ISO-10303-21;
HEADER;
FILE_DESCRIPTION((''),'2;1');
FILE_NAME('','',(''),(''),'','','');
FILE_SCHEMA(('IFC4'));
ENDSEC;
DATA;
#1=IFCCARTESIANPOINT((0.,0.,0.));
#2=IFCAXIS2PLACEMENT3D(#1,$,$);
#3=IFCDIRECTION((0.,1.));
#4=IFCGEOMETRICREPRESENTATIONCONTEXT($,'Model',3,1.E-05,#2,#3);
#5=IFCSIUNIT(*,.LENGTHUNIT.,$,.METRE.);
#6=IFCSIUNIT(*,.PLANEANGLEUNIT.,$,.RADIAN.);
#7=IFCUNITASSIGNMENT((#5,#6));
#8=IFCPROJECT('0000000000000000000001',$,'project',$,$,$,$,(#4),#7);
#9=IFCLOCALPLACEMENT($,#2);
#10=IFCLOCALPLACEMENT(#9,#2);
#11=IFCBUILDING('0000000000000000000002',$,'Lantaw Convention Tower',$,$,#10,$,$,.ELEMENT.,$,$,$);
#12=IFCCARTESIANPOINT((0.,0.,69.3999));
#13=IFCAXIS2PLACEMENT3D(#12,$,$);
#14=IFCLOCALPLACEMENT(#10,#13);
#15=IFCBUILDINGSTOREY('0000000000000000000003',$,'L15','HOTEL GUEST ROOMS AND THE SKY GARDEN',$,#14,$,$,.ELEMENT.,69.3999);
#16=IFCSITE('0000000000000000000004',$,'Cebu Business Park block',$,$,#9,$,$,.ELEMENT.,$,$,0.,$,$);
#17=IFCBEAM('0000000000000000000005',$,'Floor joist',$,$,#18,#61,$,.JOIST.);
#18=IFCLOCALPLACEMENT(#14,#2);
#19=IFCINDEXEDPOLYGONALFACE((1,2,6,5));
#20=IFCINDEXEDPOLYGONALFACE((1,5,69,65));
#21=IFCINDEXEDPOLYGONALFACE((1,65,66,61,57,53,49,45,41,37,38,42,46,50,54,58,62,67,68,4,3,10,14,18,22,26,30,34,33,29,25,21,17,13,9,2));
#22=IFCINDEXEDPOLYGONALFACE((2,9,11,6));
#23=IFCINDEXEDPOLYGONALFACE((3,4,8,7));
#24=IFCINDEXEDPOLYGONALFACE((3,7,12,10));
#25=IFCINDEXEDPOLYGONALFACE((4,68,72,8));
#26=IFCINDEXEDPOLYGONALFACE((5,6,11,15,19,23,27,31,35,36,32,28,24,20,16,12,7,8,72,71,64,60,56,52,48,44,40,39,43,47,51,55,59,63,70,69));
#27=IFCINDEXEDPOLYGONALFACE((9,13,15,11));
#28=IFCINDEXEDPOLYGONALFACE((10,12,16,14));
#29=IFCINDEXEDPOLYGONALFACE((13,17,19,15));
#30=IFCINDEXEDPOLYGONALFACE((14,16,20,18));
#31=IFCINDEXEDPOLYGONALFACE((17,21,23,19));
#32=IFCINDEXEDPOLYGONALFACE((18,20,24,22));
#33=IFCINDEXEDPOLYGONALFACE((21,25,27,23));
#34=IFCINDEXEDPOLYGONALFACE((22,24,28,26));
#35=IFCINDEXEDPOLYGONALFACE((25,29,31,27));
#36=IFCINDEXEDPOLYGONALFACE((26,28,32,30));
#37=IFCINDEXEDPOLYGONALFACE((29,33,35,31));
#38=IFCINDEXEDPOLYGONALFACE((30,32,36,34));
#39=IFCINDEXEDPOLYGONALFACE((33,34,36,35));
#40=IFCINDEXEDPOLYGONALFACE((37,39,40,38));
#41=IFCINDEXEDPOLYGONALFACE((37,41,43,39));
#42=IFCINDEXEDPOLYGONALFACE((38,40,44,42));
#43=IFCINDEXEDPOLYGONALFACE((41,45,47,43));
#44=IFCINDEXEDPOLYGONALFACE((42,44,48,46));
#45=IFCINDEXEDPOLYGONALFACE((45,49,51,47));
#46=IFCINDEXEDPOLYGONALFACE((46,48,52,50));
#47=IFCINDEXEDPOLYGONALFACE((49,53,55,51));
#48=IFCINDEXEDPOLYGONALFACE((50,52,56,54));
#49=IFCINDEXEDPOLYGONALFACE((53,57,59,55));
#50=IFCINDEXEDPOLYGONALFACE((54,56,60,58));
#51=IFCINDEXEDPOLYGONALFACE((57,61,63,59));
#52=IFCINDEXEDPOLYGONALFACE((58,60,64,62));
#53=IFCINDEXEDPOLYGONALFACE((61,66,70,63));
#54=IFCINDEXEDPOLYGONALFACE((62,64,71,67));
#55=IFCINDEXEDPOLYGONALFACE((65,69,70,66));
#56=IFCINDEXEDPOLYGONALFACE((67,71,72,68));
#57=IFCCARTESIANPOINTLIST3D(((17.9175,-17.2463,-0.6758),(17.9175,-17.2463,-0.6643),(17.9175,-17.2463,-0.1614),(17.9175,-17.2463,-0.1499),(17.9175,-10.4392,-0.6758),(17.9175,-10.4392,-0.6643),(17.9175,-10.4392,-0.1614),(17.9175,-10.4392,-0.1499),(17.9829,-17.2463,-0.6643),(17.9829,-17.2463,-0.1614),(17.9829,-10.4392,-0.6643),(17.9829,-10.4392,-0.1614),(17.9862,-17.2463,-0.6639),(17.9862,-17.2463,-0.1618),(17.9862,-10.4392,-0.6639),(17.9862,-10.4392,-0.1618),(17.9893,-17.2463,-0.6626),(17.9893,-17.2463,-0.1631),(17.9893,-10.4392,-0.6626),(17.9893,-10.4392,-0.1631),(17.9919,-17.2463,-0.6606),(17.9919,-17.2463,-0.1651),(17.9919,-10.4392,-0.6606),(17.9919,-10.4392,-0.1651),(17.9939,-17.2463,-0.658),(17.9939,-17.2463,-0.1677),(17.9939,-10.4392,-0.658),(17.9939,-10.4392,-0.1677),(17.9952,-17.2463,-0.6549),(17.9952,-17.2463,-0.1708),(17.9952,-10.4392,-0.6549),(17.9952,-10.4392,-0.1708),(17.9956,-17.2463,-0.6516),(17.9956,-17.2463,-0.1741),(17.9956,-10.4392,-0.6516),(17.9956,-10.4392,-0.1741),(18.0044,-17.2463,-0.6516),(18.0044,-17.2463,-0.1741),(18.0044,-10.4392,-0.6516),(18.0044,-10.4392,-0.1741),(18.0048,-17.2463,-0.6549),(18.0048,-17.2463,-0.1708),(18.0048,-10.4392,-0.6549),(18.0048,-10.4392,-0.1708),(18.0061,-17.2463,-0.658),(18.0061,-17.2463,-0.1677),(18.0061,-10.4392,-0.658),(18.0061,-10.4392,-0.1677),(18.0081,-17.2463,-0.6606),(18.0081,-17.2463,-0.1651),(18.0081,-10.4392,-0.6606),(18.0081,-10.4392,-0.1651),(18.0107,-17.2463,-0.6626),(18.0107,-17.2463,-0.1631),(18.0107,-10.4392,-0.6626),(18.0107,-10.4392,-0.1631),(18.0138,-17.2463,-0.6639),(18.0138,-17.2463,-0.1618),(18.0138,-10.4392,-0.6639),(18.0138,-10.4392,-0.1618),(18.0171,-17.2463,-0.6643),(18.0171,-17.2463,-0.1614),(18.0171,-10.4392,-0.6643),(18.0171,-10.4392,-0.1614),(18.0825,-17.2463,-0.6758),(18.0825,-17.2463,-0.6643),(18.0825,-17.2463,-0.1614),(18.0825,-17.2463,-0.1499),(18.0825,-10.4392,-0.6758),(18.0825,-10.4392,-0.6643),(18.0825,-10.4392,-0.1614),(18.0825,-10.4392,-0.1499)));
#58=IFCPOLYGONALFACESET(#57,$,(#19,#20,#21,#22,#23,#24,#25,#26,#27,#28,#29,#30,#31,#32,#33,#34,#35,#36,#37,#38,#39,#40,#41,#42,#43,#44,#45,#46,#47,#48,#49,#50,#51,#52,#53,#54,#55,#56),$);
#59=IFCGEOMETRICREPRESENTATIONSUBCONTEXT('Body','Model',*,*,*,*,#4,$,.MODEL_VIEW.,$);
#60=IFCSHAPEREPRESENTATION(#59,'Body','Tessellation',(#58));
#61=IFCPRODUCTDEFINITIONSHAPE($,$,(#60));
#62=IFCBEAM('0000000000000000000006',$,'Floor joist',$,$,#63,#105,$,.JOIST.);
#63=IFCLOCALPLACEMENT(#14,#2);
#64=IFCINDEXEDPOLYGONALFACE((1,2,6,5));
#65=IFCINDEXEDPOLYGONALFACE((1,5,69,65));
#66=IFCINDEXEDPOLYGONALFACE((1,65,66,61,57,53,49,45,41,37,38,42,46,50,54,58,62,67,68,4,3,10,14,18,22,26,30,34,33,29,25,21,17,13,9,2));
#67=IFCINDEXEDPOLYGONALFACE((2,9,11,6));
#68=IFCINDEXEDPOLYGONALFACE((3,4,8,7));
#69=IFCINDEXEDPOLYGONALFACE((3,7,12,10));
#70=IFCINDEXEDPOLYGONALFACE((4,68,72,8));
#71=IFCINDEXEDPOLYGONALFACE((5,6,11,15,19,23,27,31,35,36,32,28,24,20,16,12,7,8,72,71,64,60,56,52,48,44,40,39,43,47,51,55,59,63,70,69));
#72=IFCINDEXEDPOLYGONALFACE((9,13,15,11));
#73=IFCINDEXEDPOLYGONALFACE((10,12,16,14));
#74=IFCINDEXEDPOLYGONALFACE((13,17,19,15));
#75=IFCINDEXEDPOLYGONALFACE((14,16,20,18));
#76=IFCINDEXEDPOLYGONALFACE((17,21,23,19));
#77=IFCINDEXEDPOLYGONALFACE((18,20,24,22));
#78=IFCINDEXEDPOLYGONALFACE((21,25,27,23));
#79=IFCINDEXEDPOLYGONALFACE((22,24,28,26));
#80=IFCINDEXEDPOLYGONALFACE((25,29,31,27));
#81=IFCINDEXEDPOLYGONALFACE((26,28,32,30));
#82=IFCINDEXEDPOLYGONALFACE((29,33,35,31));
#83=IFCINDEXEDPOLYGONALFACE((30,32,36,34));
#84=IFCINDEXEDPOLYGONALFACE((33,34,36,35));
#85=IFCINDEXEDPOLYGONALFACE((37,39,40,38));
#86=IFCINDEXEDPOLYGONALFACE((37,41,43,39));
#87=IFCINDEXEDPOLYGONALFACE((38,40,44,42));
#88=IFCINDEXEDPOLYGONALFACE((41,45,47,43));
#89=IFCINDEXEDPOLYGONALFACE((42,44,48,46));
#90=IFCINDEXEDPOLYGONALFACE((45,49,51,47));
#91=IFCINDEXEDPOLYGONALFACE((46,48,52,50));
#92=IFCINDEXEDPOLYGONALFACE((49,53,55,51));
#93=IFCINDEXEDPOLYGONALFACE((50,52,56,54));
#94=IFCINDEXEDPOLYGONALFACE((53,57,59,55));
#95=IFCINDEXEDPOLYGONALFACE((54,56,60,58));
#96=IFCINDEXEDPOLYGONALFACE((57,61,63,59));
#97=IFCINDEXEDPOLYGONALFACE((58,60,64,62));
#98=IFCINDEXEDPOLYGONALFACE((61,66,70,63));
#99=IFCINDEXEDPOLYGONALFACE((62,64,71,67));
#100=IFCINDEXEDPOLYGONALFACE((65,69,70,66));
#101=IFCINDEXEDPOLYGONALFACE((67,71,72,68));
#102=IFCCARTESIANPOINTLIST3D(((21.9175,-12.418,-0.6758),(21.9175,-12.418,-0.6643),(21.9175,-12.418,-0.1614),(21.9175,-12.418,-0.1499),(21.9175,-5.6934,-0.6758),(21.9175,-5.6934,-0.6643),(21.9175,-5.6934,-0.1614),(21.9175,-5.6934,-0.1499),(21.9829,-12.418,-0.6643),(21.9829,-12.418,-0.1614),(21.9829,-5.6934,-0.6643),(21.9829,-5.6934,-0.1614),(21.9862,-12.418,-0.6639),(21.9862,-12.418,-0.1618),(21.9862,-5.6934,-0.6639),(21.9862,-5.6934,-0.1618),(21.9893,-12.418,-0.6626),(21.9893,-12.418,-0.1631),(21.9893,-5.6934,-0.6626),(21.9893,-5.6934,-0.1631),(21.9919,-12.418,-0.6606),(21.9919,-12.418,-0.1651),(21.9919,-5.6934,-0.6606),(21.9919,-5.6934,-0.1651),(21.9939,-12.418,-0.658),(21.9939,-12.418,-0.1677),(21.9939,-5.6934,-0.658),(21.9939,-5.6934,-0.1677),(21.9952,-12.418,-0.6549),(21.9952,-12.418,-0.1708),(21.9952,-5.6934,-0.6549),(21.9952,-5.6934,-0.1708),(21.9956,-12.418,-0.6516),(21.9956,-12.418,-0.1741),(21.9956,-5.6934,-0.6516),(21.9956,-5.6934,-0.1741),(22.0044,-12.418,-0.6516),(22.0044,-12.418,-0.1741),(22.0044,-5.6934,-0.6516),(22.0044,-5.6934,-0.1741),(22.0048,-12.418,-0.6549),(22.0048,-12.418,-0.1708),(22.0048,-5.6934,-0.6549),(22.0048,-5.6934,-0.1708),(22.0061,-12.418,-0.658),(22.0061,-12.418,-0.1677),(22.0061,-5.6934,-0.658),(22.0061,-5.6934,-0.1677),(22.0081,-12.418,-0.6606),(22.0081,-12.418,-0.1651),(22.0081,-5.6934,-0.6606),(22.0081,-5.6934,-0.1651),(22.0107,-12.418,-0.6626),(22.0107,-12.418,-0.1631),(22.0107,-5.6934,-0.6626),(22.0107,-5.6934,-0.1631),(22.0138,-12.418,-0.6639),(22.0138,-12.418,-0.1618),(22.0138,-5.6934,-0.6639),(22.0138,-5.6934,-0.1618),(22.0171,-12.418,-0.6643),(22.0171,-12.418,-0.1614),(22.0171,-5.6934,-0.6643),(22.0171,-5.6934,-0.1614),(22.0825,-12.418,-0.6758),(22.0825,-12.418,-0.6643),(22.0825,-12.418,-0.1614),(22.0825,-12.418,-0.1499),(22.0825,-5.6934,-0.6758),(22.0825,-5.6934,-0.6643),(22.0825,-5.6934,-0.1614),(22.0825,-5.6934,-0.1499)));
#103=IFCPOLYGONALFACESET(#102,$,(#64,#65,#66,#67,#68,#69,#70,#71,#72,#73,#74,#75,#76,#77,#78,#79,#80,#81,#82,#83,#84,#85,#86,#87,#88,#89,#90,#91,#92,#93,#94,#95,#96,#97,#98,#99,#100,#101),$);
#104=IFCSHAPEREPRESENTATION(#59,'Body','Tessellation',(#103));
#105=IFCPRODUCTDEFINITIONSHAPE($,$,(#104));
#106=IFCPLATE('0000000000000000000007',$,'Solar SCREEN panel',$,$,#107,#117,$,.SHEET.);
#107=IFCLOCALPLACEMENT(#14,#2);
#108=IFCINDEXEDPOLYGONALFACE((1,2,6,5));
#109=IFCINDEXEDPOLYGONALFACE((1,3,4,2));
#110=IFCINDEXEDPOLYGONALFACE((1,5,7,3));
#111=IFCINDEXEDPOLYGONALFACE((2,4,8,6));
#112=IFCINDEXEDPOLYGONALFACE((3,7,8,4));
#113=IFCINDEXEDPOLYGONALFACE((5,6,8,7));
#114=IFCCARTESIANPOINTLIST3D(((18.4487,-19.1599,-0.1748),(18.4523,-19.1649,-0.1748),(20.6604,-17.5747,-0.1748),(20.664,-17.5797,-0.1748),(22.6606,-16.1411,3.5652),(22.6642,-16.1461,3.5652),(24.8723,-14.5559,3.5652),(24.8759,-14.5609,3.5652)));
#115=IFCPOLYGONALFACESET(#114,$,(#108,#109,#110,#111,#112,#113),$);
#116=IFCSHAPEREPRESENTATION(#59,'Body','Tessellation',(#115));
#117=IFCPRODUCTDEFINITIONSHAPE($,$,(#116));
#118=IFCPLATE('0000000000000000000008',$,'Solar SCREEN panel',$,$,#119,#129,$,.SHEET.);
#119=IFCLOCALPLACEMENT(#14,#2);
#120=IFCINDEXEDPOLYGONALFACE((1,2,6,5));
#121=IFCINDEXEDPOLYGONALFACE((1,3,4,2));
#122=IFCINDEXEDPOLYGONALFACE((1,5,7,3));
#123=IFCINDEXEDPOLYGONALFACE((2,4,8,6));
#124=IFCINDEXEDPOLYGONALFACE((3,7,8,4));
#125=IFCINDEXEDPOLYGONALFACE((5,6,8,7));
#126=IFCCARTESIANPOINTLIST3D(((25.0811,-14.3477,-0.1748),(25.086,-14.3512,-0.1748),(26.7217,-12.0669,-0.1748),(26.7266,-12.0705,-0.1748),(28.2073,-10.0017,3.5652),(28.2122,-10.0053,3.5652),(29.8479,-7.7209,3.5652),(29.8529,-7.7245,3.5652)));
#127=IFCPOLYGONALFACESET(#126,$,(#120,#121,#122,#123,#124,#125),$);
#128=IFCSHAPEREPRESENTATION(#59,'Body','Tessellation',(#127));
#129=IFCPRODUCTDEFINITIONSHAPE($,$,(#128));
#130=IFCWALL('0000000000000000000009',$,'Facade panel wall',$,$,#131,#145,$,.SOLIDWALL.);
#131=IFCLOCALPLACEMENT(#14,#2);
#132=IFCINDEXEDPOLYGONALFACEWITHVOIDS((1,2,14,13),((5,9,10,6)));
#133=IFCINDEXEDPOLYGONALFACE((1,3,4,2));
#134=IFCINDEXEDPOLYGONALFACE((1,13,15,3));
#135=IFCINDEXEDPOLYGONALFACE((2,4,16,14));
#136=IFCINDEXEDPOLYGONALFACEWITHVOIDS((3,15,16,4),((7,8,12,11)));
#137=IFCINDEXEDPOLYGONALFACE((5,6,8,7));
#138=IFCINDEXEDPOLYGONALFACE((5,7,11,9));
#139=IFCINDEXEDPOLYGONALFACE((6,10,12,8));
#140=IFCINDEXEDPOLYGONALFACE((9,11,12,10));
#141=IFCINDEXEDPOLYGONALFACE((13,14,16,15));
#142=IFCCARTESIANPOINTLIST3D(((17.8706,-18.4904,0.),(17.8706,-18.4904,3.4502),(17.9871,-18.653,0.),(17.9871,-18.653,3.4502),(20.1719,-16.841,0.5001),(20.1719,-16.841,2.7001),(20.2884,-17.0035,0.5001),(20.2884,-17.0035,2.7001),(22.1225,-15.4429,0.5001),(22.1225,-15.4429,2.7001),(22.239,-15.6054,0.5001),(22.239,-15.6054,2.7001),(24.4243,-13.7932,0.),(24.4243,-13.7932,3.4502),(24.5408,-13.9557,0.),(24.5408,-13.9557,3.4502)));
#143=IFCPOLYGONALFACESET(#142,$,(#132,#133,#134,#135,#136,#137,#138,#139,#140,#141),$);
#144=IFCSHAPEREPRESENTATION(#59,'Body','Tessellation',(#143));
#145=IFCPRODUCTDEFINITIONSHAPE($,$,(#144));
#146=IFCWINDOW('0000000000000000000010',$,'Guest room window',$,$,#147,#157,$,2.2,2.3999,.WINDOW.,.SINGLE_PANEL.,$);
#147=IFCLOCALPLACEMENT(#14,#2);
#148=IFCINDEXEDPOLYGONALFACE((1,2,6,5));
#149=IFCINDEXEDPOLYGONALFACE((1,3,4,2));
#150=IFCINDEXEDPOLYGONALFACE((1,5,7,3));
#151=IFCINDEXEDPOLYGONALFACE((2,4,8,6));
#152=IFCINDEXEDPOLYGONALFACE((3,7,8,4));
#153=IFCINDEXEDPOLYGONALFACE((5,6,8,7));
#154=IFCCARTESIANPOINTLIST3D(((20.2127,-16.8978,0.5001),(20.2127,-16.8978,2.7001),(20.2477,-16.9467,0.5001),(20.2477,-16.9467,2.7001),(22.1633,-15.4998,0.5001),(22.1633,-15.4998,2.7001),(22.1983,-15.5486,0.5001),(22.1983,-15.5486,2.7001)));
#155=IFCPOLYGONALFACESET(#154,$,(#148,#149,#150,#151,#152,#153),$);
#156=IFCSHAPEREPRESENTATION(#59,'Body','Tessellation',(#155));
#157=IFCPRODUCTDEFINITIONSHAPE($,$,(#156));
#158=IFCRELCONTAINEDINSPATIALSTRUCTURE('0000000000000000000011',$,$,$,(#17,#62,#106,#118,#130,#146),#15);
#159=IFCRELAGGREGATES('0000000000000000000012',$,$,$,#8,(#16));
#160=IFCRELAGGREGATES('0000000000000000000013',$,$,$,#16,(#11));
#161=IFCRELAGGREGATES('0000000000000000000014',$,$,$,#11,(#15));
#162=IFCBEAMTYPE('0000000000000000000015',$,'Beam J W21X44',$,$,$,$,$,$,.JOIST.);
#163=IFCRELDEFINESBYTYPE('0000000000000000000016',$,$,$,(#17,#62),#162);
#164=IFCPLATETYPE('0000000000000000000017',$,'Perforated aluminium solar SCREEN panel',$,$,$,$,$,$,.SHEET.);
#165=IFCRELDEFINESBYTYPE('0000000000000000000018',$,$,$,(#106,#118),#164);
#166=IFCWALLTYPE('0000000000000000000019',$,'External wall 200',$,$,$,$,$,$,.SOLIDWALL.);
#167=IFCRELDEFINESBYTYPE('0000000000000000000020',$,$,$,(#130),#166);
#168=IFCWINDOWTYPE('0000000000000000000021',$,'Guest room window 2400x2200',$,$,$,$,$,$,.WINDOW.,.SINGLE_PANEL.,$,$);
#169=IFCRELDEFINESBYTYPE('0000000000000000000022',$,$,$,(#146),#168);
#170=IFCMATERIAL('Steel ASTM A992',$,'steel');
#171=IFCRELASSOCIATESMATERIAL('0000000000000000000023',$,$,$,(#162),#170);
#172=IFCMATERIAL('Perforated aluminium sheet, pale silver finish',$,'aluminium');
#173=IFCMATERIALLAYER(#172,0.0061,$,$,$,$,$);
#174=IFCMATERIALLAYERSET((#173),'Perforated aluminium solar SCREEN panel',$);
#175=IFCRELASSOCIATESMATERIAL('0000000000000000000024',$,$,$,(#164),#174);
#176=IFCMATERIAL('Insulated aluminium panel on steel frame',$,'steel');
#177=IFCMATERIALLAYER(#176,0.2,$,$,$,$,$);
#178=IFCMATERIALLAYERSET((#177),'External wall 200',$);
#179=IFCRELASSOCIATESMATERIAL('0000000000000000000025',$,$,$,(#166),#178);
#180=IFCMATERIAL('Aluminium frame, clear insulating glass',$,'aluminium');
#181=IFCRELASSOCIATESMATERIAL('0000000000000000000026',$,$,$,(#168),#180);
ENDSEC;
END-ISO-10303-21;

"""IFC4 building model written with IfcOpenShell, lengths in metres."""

from ifc_helpers import new_model, si_unit, direction, frame, frame_2d, origin, origin_2d, place, context, subcontext, project, spatial, polyline, rectangle, i_section, outline, extrude, material, layer, layer_set, material_profile, profile_set, type_object, element, fill, save


model = new_model("IFC4")

# Units and contexts
model_context = context("Model", 3, precision=1e-05, world=origin(), true_north=direction((0.0, 1.0)))
body_context = subcontext(model_context, "Body", "Model", "MODEL_VIEW")
ifc_project = project(units=[si_unit("LENGTHUNIT", "METRE"), si_unit("PLANEANGLEUNIT", "RADIAN")], contexts=[model_context])

# Site, building, storey
site_placement = place(None, origin())
site = spatial("IfcSite", under=ifc_project, at=site_placement, Name="Cebu Business Park block", CompositionType="ELEMENT", RefElevation=0.0)
building_placement = place(site_placement, origin())
building = spatial("IfcBuilding", under=site, at=building_placement, Name="Lantaw Convention Tower", CompositionType="ELEMENT")
storey_placement = place(building_placement, frame((0.0, 0.0, 69.3999)))
storey = spatial("IfcBuildingStorey", under=building, at=storey_placement, Name="L15", Description="HOTEL GUEST ROOMS AND THE SKY GARDEN", CompositionType="ELEMENT", Elevation=69.3999)

# Beams
ifc_material_1 = material(Name="Steel ASTM A992", Category="steel")
ifc_material_profile_1 = material_profile(ifc_material_1, i_section(OverallWidth=0.165, OverallDepth=0.5259, WebThickness=0.0088, FlangeThickness=0.0115, FilletRadius=0.0127, at=origin_2d()), Name="W21X44")
ifc_profile_set_1 = profile_set([ifc_material_profile_1], Name="Steel ASTM A992")
beam_type_1 = type_object("IfcBeamType", Name="Beam J W21X44", PredefinedType="JOIST", material=ifc_profile_set_1)
beam_1_placement = place(storey_placement, frame((18.0, -17.2463, -0.4128), z_axis=(0.0, 1.0, 0.0), x_axis=(-1.0, 0.0, 0.0)))
element("IfcBeam", 1, at=beam_1_placement, inside=storey, type_object=beam_type_1, Name="Floor joist", PredefinedType="JOIST", context=body_context, shape_type="SweptSolid", body=[
    extrude(i_section(OverallWidth=0.165, OverallDepth=0.5259, WebThickness=0.0088, FlangeThickness=0.0115, FilletRadius=0.0127, at=origin_2d()), origin(), (0.0, 0.0, 1.0), 6.8071),
])
beam_2_placement = place(storey_placement, frame((22.0, -12.418, -0.4128), z_axis=(0.0, 1.0, 0.0), x_axis=(-1.0, 0.0, 0.0)))
element("IfcBeam", 2, at=beam_2_placement, inside=storey, type_object=beam_type_1, Name="Floor joist", PredefinedType="JOIST", context=body_context, shape_type="SweptSolid", body=[
    extrude(i_section(OverallWidth=0.165, OverallDepth=0.5259, WebThickness=0.0088, FlangeThickness=0.0115, FilletRadius=0.0127, at=origin_2d()), origin(), (0.0, 0.0, 1.0), 6.7246),
])

# Plates
ifc_material_2 = material(Name="Perforated aluminium sheet, pale silver finish", Category="aluminium")
ifc_layer_1 = layer(ifc_material_2, 0.0061)
ifc_layer_set_1 = layer_set([ifc_layer_1], Name="Perforated aluminium solar SCREEN panel")
plate_type = type_object("IfcPlateType", Name="Perforated aluminium solar SCREEN panel", PredefinedType="SHEET", material=ifc_layer_set_1)
plate_1_placement = place(storey_placement, frame((18.4487, -19.1599, -0.1748), z_axis=(-0.582561, 0.812787, 0.000016), x_axis=(0.812787, 0.582561, 0.0)))
element("IfcPlate", 3, at=plate_1_placement, inside=storey, type_object=plate_type, Name="Solar SCREEN panel", PredefinedType="SHEET", context=body_context, shape_type="SweptSolid", body=[
    extrude(outline(polyline([(0.0, 0.0), (2.7211, 0.0), (7.9031, -3.74), (5.182, -3.74), (0.0, 0.0)])), origin(), (0.0, 0.0, -1.0), 0.0061),
])
plate_2_placement = place(storey_placement, frame((25.0811, -14.3477, -0.1748), z_axis=(-0.811791, 0.583948, 0.000009), x_axis=(0.583948, 0.811791, 0.0)))
element("IfcPlate", 4, at=plate_2_placement, inside=storey, type_object=plate_type, Name="Solar SCREEN panel", PredefinedType="SHEET", context=body_context, shape_type="SweptSolid", body=[
    extrude(outline(polyline([(0.0, 0.0), (2.8095, 0.0), (8.1631, -3.74), (5.3536, -3.74), (0.0, 0.0)])), origin(), (0.0, 0.0, -1.0), 0.0061),
])

# Wall, opening, window
ifc_material_3 = material(Name="Insulated aluminium panel on steel frame", Category="steel")
ifc_layer_2 = layer(ifc_material_3, 0.2)
ifc_layer_set_2 = layer_set([ifc_layer_2], Name="External wall 200")
wall_type_1 = type_object("IfcWallType", Name="External wall 200", PredefinedType="SOLIDWALL", material=ifc_layer_set_2)
wall_1_placement = place(storey_placement, frame((17.9287, -18.5718, 0.0), z_axis=(0.0, 0.0, 1.0), x_axis=(0.812791, 0.582555, 0.0)))
wall_1 = element("IfcWall", 5, at=wall_1_placement, inside=storey, type_object=wall_type_1, Name="Facade panel wall", PredefinedType="SOLIDWALL", context=body_context, shape_type="SweptSolid", body=[
    extrude(rectangle(XDim=8.0632, YDim=0.2, at=frame_2d((4.0317, 0.0))), origin(), (0.0, 0.0, 1.0), 3.4502),
])
opening_1_placement = place(wall_1_placement, frame((2.8315, 0.0, 0.5)))
opening_1 = element("IfcOpeningElement", 6, at=opening_1_placement, cuts=wall_1, PredefinedType="OPENING", context=body_context, shape_type="SweptSolid", body=[
    extrude(rectangle(XDim=2.3999, YDim=2.2, at=frame_2d((1.2, 1.1001))), frame((0.0, 0.1099, 0.0), z_axis=(0.0, -1.0, 0.0), x_axis=(1.0, 0.0, 0.0)), (0.0, 0.0, 1.0), 0.22),
])
ifc_material_4 = material(Name="Aluminium frame, clear insulating glass", Category="aluminium")
window_type = type_object("IfcWindowType", Name="Guest room window 2400x2200", PartitioningType="SINGLE_PANEL", PredefinedType="WINDOW", material=ifc_material_4)
window_1_placement = place(opening_1_placement, origin())
window_1 = element("IfcWindow", 7, at=window_1_placement, inside=storey, type_object=window_type, Name="Guest room window", OverallHeight=2.2, OverallWidth=2.3999, PartitioningType="SINGLE_PANEL", PredefinedType="WINDOW", context=body_context, shape_type="SweptSolid", body=[
    extrude(rectangle(XDim=2.3999, YDim=2.2, at=frame_2d((1.2, 1.1001))), frame((0.0, 0.03, 0.0), z_axis=(0.0, -1.0, 0.0), x_axis=(1.0, 0.0, 0.0)), (0.0, 0.0, 1.0), 0.0601),
])
fill(opening_1, window_1)

save(model, "model.ifc")
